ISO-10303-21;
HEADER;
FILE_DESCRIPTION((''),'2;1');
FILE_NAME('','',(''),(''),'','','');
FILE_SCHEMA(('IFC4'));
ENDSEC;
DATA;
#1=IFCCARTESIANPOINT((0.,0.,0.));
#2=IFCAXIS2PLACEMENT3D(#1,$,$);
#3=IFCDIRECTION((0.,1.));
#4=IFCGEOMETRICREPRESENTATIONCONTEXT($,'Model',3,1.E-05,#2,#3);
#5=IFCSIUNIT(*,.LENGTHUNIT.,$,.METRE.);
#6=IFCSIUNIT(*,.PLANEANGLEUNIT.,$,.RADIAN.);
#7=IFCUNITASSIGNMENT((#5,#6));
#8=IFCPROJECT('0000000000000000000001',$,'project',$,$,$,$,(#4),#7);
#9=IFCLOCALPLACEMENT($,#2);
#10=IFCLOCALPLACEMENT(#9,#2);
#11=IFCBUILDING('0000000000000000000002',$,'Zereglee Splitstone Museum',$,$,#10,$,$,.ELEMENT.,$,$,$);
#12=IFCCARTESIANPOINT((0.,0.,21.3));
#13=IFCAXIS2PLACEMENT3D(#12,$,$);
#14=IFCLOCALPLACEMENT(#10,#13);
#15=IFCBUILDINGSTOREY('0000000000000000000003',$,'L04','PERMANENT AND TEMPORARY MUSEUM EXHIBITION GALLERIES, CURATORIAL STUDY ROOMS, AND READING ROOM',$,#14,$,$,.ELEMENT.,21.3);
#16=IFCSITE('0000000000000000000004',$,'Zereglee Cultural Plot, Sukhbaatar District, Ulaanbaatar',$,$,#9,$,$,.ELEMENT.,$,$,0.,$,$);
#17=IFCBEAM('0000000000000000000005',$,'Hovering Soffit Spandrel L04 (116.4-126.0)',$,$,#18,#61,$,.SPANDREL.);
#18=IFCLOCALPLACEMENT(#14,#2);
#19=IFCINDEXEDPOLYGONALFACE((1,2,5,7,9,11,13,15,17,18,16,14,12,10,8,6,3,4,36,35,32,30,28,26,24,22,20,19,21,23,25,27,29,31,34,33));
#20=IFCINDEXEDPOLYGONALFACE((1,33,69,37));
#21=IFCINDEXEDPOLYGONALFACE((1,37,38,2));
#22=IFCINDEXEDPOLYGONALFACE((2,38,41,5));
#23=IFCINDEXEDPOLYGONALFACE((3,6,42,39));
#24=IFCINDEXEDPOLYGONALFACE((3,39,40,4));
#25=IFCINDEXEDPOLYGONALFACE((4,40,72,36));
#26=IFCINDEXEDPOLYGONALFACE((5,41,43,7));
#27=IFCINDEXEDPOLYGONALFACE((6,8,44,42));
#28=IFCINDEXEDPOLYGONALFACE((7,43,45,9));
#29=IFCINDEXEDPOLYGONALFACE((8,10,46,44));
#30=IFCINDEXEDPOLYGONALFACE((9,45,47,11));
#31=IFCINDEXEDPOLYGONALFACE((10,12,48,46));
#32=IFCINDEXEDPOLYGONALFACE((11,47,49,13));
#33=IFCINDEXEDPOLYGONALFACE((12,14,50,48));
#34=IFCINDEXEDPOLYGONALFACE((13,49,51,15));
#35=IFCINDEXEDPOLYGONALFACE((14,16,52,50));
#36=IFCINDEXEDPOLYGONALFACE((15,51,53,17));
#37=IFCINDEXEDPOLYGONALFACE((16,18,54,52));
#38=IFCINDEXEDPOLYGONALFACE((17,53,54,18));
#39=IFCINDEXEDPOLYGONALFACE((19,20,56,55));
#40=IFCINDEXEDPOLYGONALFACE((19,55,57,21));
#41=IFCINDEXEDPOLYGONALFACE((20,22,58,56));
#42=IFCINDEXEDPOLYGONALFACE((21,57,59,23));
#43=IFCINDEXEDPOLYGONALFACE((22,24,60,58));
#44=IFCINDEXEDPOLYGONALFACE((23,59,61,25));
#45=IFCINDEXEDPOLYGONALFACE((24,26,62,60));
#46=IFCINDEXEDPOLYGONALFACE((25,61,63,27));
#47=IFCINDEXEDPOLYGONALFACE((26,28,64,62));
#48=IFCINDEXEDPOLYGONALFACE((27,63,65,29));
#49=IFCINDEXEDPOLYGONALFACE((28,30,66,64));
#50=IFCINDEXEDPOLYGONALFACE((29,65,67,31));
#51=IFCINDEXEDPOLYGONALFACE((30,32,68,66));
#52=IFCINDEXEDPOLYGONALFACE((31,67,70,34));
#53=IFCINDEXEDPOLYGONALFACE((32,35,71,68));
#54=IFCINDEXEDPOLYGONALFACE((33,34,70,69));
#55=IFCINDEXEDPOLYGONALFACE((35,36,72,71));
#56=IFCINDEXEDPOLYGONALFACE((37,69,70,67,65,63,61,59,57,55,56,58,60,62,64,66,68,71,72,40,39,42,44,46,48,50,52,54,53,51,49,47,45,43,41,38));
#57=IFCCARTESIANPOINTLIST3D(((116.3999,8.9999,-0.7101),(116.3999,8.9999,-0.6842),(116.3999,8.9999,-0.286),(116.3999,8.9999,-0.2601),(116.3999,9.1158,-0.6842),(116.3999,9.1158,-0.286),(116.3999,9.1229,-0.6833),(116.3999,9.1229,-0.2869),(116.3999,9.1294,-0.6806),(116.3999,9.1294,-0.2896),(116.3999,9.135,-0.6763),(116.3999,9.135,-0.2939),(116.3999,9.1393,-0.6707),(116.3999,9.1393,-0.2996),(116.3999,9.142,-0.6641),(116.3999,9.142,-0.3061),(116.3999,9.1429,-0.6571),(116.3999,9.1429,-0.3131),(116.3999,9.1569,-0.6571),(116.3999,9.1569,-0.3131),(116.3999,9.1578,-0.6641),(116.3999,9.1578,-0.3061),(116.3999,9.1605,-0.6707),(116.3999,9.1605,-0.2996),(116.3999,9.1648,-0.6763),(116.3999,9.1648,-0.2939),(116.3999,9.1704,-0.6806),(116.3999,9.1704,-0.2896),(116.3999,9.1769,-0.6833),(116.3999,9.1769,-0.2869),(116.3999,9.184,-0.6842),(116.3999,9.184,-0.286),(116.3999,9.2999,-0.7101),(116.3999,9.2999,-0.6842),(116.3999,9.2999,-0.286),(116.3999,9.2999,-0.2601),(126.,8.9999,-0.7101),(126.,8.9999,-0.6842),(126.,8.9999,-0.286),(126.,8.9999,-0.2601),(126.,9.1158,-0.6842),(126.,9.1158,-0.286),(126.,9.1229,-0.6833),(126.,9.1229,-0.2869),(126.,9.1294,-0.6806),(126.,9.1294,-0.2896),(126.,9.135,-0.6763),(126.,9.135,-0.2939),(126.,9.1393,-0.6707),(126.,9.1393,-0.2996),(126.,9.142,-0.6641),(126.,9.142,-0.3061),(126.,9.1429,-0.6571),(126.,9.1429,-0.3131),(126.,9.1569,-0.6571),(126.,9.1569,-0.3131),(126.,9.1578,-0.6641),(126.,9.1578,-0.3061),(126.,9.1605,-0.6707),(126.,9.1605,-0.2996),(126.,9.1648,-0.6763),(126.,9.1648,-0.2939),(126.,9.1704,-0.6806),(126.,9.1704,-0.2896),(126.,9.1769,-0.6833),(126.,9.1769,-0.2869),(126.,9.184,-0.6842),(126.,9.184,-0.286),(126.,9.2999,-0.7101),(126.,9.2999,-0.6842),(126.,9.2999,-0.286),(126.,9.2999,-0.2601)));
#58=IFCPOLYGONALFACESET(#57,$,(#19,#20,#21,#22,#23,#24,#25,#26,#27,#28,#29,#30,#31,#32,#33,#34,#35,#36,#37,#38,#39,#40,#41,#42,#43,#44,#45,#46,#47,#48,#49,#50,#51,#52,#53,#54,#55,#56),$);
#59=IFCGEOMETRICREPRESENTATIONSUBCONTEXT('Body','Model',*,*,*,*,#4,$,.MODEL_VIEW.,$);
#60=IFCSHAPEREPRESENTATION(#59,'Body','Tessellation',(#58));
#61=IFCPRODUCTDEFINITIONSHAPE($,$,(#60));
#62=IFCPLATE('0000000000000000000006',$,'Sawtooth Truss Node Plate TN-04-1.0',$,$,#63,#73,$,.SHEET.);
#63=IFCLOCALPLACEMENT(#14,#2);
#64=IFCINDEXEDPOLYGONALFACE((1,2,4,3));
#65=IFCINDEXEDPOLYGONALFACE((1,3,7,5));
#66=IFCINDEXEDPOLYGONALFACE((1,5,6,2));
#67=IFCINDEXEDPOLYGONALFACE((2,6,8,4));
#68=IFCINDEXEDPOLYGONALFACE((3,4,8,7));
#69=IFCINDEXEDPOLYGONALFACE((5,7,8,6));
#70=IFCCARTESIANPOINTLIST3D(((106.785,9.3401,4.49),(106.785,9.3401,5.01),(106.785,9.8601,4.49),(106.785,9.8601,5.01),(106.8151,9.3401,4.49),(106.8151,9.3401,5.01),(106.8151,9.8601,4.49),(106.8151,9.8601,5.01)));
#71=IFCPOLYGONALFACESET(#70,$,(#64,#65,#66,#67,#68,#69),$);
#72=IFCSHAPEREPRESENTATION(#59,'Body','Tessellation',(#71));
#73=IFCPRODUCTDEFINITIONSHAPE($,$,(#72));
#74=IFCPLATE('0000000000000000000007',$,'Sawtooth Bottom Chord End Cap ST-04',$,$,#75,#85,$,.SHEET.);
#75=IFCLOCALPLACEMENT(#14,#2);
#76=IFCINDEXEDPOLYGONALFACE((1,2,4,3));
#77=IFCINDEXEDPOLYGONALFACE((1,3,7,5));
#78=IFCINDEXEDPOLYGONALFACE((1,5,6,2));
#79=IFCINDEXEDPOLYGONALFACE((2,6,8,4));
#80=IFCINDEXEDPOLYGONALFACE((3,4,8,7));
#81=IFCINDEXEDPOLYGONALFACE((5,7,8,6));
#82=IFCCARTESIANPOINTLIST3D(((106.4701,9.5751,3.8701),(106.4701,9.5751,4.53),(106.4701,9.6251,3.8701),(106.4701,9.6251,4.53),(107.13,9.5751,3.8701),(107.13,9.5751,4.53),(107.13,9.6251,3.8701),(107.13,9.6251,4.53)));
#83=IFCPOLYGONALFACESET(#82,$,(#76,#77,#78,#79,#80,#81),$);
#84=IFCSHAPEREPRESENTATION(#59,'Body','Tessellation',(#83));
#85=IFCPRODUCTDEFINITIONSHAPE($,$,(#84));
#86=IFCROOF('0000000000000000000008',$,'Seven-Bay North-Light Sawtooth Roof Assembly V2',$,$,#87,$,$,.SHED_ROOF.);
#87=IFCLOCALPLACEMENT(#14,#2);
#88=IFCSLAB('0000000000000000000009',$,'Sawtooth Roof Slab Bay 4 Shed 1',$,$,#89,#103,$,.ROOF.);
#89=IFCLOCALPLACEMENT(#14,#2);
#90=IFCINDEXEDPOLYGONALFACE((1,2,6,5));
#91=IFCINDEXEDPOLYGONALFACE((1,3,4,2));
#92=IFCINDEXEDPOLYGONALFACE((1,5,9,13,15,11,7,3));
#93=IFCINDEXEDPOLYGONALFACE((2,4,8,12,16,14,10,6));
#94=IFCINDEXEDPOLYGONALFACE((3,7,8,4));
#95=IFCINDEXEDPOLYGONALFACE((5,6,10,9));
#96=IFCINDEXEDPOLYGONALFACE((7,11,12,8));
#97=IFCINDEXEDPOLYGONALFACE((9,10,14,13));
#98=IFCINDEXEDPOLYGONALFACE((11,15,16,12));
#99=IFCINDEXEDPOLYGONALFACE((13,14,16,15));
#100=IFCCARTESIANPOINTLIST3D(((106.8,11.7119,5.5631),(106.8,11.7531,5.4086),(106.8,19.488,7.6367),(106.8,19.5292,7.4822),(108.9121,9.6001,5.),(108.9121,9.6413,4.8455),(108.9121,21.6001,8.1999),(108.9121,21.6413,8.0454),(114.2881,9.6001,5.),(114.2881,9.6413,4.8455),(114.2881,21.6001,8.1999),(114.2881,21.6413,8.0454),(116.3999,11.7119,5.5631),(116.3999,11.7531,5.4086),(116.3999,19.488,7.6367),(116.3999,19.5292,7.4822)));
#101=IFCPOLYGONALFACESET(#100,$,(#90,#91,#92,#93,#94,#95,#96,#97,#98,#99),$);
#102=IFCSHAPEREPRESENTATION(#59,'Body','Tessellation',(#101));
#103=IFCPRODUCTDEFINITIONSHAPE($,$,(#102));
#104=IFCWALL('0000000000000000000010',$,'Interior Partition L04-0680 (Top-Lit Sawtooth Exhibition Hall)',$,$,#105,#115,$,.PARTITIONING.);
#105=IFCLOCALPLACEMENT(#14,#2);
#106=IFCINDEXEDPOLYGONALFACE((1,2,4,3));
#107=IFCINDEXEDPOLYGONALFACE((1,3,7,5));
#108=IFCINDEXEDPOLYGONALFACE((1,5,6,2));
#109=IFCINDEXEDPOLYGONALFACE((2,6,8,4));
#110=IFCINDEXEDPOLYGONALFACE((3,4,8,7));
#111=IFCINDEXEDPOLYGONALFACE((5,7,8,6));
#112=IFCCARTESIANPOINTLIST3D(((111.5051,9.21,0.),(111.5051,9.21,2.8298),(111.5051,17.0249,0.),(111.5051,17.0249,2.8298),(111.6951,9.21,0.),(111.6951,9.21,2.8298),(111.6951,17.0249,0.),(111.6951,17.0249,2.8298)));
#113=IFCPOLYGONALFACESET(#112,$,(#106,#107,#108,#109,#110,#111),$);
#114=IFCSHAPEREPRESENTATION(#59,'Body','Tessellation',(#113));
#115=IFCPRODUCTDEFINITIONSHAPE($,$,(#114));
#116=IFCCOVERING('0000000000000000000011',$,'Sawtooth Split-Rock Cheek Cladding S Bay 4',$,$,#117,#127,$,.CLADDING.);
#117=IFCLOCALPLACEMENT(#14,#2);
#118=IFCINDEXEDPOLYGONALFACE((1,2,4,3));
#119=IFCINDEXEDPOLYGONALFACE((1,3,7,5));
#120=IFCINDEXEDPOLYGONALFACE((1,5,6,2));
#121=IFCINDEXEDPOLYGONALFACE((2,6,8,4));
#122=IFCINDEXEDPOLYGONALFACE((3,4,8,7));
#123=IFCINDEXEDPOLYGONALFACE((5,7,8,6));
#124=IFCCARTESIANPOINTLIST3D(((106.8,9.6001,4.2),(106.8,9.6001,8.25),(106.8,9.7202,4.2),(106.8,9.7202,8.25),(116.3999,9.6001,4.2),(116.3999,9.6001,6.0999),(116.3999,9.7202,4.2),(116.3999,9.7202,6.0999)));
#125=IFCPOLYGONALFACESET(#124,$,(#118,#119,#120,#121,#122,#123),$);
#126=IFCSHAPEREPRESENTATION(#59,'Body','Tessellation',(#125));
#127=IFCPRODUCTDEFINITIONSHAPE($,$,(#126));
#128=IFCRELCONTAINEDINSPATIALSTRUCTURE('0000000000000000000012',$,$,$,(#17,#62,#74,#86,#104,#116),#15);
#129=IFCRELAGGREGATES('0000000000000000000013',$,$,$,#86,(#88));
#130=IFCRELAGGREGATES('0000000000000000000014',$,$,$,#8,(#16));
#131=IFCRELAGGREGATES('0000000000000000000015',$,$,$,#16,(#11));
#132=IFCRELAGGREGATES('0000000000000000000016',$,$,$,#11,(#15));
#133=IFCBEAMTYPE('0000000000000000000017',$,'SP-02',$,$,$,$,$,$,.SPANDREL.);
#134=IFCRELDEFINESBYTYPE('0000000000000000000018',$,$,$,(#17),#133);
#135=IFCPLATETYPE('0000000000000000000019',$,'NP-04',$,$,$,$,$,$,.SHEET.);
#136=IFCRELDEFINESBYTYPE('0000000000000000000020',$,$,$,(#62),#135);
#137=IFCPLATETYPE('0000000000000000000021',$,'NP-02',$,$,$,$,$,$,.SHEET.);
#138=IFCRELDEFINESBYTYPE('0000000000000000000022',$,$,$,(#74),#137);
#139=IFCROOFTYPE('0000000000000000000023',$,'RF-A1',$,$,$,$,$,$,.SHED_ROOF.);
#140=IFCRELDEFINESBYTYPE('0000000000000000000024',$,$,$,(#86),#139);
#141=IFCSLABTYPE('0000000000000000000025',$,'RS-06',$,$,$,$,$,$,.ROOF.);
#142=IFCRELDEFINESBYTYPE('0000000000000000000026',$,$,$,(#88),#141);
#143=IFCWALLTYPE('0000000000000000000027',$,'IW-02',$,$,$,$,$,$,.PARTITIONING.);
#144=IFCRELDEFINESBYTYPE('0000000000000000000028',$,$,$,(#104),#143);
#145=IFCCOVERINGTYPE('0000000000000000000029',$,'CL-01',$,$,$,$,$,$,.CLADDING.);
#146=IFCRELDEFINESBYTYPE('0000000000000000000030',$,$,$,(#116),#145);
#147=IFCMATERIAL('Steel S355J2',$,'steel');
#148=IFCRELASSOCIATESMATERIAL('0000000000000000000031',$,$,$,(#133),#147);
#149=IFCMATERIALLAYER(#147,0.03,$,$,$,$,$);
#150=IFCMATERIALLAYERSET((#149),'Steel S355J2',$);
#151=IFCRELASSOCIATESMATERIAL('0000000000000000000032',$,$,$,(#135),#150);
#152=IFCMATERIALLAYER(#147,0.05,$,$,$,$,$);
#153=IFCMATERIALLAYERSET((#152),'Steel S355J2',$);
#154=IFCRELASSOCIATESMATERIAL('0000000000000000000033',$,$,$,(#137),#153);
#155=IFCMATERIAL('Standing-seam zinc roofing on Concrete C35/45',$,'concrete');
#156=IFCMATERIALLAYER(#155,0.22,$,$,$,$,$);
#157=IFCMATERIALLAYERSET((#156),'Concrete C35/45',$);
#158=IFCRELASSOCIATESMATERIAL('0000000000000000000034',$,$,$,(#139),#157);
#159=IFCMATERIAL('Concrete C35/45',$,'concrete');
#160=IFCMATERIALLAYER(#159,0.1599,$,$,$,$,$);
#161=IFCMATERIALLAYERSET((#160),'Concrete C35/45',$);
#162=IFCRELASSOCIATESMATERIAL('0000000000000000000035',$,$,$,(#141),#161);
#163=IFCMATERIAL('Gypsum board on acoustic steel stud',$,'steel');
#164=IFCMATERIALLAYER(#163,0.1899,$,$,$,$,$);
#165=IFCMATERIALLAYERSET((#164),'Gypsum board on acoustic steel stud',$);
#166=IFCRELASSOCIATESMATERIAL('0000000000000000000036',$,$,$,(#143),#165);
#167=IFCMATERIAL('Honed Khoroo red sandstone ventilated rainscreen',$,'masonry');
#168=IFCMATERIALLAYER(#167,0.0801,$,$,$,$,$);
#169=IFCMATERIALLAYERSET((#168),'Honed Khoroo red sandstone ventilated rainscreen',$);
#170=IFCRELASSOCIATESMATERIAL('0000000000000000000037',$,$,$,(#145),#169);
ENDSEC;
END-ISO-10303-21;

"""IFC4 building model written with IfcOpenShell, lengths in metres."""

from ifc_helpers import new_model, si_unit, direction, frame, frame_2d, origin, origin_2d, place, context, subcontext, project, spatial, polyline, rectangle, i_section, outline, extrude, material, layer, layer_set, material_profile, profile_set, type_object, element, aggregate, save


model = new_model("IFC4")

# Units and contexts
model_context = context("Model", 3, precision=1e-05, world=origin(), true_north=direction((0.0, 1.0)))
body_context = subcontext(model_context, "Body", "Model", "MODEL_VIEW")
ifc_project = project(units=[si_unit("LENGTHUNIT", "METRE"), si_unit("PLANEANGLEUNIT", "RADIAN")], contexts=[model_context])

# Site, building, storey
site_placement = place(None, origin())
site = spatial("IfcSite", under=ifc_project, at=site_placement, Name="Zereglee Cultural Plot, Sukhbaatar District, Ulaanbaatar", CompositionType="ELEMENT", RefElevation=0.0)
building_placement = place(site_placement, origin())
building = spatial("IfcBuilding", under=site, at=building_placement, Name="Zereglee Splitstone Museum", CompositionType="ELEMENT")
storey_placement = place(building_placement, frame((0.0, 0.0, 21.3)))
storey = spatial("IfcBuildingStorey", under=building, at=storey_placement, Name="L04", Description="PERMANENT AND TEMPORARY MUSEUM EXHIBITION GALLERIES, CURATORIAL STUDY ROOMS, AND READING ROOM", CompositionType="ELEMENT", Elevation=21.3)

# Shared definitions
ifc_material_1 = material(Name="Steel S355J2", Category="steel")

# Beam
ifc_material_profile_1 = material_profile(ifc_material_1, i_section(OverallWidth=0.3, OverallDepth=0.45, WebThickness=0.0139, FlangeThickness=0.0259, FilletRadius=0.0271, at=origin_2d()), Name="HE 450 B")
ifc_profile_set_1 = profile_set([ifc_material_profile_1], Name="Steel S355J2")
beam_type_1 = type_object("IfcBeamType", Name="SP-02", PredefinedType="SPANDREL", material=ifc_profile_set_1)
beam_1_placement = place(storey_placement, frame((116.3999, 9.1499, -0.4851), z_axis=(1.0, 0.0, 0.0), x_axis=(0.0, 1.0, 0.0)))
element("IfcBeam", 1, at=beam_1_placement, inside=storey, type_object=beam_type_1, Name="Hovering Soffit Spandrel L04 (116.4-126.0)", PredefinedType="SPANDREL", context=body_context, shape_type="SweptSolid", body=[
    extrude(i_section(OverallWidth=0.3, OverallDepth=0.45, WebThickness=0.0139, FlangeThickness=0.0259, FilletRadius=0.0271, at=origin_2d()), origin(), (0.0, 0.0, 1.0), 9.6001),
])

# Plates
ifc_layer_1 = layer(ifc_material_1, 0.03)
ifc_layer_set_1 = layer_set([ifc_layer_1], Name="Steel S355J2")
plate_type_1 = type_object("IfcPlateType", Name="NP-04", PredefinedType="SHEET", material=ifc_layer_set_1)
plate_1_placement = place(storey_placement, frame((106.8, 9.6001, 4.49), z_axis=(0.0, 0.0, 1.0), x_axis=(1.0, 0.0, 0.0)))
element("IfcPlate", 2, at=plate_1_placement, inside=storey, type_object=plate_type_1, Name="Sawtooth Truss Node Plate TN-04-1.0", PredefinedType="SHEET", context=body_context, shape_type="SweptSolid", body=[
    extrude(rectangle(XDim=0.03, YDim=0.52, at=origin_2d()), origin(), (0.0, 0.0, 1.0), 0.52),
])
ifc_layer_2 = layer(ifc_material_1, 0.05)
ifc_layer_set_2 = layer_set([ifc_layer_2], Name="Steel S355J2")
plate_type_2 = type_object("IfcPlateType", Name="NP-02", PredefinedType="SHEET", material=ifc_layer_set_2)
plate_2_placement = place(storey_placement, frame((106.8, 9.6001, 3.8701), z_axis=(0.0, 0.0, 1.0), x_axis=(1.0, 0.0, 0.0)))
element("IfcPlate", 3, at=plate_2_placement, inside=storey, type_object=plate_type_2, Name="Sawtooth Bottom Chord End Cap ST-04", PredefinedType="SHEET", context=body_context, shape_type="SweptSolid", body=[
    extrude(rectangle(XDim=0.6599, YDim=0.05, at=origin_2d()), origin(), (0.0, 0.0, 1.0), 0.6599),
])

# Roof, slab
ifc_material_2 = material(Name="Standing-seam zinc roofing on Concrete C35/45", Category="concrete")
ifc_layer_3 = layer(ifc_material_2, 0.22)
ifc_layer_set_3 = layer_set([ifc_layer_3], Name="Concrete C35/45")
roof_type = type_object("IfcRoofType", Name="RF-A1", PredefinedType="SHED_ROOF", material=ifc_layer_set_3)
roof_placement = place(storey_placement, origin())
roof = element("IfcRoof", 4, at=roof_placement, inside=storey, type_object=roof_type, Name="Seven-Bay North-Light Sawtooth Roof Assembly V2", PredefinedType="SHED_ROOF")
ifc_material_3 = material(Name="Concrete C35/45", Category="concrete")
ifc_layer_4 = layer(ifc_material_3, 0.1599)
ifc_layer_set_4 = layer_set([ifc_layer_4], Name="Concrete C35/45")
slab_type = type_object("IfcSlabType", Name="RS-06", PredefinedType="ROOF", material=ifc_layer_set_4)
slab_placement = place(storey_placement, frame((108.9121, 9.6001, 5.0), z_axis=(0.0, -0.257657, 0.966236), x_axis=(1.0, 0.0, 0.0)))
slab = element("IfcSlab", 5, at=slab_placement, type_object=slab_type, Name="Sawtooth Roof Slab Bay 4 Shed 1", PredefinedType="ROOF", context=body_context, shape_type="SweptSolid", body=[
    extrude(outline(polyline([(0.0, 0.0), (5.376, 0.0), (7.4878, 2.1856), (7.4878, 10.2335), (5.376, 12.4193), (0.0, 12.4193), (-2.1121, 10.2335), (-2.1121, 2.1856), (0.0, 0.0)])), origin(), (0.0, 0.0, -1.0), 0.1599),
])
aggregate(roof, [slab])

# Wall
ifc_material_4 = material(Name="Gypsum board on acoustic steel stud", Category="steel")
ifc_layer_5 = layer(ifc_material_4, 0.1899)
ifc_layer_set_5 = layer_set([ifc_layer_5], Name="Gypsum board on acoustic steel stud")
wall_type = type_object("IfcWallType", Name="IW-02", PredefinedType="PARTITIONING", material=ifc_layer_set_5)
wall_placement = place(storey_placement, frame((111.6001, 9.21, 0.0), z_axis=(0.0, 0.0, 1.0), x_axis=(0.0, 1.0, 0.0)))
element("IfcWall", 6, at=wall_placement, inside=storey, type_object=wall_type, Name="Interior Partition L04-0680 (Top-Lit Sawtooth Exhibition Hall)", PredefinedType="PARTITIONING", context=body_context, shape_type="SweptSolid", body=[
    extrude(rectangle(XDim=7.8149, YDim=0.1899, at=frame_2d((3.9075, 0.0))), origin(), (0.0, 0.0, 1.0), 2.8298),
])

# Covering
ifc_material_5 = material(Name="Honed Khoroo red sandstone ventilated rainscreen", Category="masonry")
ifc_layer_6 = layer(ifc_material_5, 0.0801)
ifc_layer_set_6 = layer_set([ifc_layer_6], Name="Honed Khoroo red sandstone ventilated rainscreen")
covering_type = type_object("IfcCoveringType", Name="CL-01", PredefinedType="CLADDING", material=ifc_layer_set_6)
covering_placement = place(storey_placement, frame((106.8, 9.6001, 4.2), z_axis=(0.0, -1.0, 0.0), x_axis=(1.0, 0.0, 0.0)))
element("IfcCovering", 7, at=covering_placement, inside=storey, type_object=covering_type, Name="Sawtooth Split-Rock Cheek Cladding S Bay 4", PredefinedType="CLADDING", context=body_context, shape_type="SweptSolid", body=[
    extrude(outline(polyline([(0.0, 0.0), (9.5999, 0.0), (9.5999, 1.8999), (0.0, 4.05), (0.0, 0.0)])), origin(), (0.0, 0.0, -1.0), 0.1201),
])

save(model, "model.ifc")
